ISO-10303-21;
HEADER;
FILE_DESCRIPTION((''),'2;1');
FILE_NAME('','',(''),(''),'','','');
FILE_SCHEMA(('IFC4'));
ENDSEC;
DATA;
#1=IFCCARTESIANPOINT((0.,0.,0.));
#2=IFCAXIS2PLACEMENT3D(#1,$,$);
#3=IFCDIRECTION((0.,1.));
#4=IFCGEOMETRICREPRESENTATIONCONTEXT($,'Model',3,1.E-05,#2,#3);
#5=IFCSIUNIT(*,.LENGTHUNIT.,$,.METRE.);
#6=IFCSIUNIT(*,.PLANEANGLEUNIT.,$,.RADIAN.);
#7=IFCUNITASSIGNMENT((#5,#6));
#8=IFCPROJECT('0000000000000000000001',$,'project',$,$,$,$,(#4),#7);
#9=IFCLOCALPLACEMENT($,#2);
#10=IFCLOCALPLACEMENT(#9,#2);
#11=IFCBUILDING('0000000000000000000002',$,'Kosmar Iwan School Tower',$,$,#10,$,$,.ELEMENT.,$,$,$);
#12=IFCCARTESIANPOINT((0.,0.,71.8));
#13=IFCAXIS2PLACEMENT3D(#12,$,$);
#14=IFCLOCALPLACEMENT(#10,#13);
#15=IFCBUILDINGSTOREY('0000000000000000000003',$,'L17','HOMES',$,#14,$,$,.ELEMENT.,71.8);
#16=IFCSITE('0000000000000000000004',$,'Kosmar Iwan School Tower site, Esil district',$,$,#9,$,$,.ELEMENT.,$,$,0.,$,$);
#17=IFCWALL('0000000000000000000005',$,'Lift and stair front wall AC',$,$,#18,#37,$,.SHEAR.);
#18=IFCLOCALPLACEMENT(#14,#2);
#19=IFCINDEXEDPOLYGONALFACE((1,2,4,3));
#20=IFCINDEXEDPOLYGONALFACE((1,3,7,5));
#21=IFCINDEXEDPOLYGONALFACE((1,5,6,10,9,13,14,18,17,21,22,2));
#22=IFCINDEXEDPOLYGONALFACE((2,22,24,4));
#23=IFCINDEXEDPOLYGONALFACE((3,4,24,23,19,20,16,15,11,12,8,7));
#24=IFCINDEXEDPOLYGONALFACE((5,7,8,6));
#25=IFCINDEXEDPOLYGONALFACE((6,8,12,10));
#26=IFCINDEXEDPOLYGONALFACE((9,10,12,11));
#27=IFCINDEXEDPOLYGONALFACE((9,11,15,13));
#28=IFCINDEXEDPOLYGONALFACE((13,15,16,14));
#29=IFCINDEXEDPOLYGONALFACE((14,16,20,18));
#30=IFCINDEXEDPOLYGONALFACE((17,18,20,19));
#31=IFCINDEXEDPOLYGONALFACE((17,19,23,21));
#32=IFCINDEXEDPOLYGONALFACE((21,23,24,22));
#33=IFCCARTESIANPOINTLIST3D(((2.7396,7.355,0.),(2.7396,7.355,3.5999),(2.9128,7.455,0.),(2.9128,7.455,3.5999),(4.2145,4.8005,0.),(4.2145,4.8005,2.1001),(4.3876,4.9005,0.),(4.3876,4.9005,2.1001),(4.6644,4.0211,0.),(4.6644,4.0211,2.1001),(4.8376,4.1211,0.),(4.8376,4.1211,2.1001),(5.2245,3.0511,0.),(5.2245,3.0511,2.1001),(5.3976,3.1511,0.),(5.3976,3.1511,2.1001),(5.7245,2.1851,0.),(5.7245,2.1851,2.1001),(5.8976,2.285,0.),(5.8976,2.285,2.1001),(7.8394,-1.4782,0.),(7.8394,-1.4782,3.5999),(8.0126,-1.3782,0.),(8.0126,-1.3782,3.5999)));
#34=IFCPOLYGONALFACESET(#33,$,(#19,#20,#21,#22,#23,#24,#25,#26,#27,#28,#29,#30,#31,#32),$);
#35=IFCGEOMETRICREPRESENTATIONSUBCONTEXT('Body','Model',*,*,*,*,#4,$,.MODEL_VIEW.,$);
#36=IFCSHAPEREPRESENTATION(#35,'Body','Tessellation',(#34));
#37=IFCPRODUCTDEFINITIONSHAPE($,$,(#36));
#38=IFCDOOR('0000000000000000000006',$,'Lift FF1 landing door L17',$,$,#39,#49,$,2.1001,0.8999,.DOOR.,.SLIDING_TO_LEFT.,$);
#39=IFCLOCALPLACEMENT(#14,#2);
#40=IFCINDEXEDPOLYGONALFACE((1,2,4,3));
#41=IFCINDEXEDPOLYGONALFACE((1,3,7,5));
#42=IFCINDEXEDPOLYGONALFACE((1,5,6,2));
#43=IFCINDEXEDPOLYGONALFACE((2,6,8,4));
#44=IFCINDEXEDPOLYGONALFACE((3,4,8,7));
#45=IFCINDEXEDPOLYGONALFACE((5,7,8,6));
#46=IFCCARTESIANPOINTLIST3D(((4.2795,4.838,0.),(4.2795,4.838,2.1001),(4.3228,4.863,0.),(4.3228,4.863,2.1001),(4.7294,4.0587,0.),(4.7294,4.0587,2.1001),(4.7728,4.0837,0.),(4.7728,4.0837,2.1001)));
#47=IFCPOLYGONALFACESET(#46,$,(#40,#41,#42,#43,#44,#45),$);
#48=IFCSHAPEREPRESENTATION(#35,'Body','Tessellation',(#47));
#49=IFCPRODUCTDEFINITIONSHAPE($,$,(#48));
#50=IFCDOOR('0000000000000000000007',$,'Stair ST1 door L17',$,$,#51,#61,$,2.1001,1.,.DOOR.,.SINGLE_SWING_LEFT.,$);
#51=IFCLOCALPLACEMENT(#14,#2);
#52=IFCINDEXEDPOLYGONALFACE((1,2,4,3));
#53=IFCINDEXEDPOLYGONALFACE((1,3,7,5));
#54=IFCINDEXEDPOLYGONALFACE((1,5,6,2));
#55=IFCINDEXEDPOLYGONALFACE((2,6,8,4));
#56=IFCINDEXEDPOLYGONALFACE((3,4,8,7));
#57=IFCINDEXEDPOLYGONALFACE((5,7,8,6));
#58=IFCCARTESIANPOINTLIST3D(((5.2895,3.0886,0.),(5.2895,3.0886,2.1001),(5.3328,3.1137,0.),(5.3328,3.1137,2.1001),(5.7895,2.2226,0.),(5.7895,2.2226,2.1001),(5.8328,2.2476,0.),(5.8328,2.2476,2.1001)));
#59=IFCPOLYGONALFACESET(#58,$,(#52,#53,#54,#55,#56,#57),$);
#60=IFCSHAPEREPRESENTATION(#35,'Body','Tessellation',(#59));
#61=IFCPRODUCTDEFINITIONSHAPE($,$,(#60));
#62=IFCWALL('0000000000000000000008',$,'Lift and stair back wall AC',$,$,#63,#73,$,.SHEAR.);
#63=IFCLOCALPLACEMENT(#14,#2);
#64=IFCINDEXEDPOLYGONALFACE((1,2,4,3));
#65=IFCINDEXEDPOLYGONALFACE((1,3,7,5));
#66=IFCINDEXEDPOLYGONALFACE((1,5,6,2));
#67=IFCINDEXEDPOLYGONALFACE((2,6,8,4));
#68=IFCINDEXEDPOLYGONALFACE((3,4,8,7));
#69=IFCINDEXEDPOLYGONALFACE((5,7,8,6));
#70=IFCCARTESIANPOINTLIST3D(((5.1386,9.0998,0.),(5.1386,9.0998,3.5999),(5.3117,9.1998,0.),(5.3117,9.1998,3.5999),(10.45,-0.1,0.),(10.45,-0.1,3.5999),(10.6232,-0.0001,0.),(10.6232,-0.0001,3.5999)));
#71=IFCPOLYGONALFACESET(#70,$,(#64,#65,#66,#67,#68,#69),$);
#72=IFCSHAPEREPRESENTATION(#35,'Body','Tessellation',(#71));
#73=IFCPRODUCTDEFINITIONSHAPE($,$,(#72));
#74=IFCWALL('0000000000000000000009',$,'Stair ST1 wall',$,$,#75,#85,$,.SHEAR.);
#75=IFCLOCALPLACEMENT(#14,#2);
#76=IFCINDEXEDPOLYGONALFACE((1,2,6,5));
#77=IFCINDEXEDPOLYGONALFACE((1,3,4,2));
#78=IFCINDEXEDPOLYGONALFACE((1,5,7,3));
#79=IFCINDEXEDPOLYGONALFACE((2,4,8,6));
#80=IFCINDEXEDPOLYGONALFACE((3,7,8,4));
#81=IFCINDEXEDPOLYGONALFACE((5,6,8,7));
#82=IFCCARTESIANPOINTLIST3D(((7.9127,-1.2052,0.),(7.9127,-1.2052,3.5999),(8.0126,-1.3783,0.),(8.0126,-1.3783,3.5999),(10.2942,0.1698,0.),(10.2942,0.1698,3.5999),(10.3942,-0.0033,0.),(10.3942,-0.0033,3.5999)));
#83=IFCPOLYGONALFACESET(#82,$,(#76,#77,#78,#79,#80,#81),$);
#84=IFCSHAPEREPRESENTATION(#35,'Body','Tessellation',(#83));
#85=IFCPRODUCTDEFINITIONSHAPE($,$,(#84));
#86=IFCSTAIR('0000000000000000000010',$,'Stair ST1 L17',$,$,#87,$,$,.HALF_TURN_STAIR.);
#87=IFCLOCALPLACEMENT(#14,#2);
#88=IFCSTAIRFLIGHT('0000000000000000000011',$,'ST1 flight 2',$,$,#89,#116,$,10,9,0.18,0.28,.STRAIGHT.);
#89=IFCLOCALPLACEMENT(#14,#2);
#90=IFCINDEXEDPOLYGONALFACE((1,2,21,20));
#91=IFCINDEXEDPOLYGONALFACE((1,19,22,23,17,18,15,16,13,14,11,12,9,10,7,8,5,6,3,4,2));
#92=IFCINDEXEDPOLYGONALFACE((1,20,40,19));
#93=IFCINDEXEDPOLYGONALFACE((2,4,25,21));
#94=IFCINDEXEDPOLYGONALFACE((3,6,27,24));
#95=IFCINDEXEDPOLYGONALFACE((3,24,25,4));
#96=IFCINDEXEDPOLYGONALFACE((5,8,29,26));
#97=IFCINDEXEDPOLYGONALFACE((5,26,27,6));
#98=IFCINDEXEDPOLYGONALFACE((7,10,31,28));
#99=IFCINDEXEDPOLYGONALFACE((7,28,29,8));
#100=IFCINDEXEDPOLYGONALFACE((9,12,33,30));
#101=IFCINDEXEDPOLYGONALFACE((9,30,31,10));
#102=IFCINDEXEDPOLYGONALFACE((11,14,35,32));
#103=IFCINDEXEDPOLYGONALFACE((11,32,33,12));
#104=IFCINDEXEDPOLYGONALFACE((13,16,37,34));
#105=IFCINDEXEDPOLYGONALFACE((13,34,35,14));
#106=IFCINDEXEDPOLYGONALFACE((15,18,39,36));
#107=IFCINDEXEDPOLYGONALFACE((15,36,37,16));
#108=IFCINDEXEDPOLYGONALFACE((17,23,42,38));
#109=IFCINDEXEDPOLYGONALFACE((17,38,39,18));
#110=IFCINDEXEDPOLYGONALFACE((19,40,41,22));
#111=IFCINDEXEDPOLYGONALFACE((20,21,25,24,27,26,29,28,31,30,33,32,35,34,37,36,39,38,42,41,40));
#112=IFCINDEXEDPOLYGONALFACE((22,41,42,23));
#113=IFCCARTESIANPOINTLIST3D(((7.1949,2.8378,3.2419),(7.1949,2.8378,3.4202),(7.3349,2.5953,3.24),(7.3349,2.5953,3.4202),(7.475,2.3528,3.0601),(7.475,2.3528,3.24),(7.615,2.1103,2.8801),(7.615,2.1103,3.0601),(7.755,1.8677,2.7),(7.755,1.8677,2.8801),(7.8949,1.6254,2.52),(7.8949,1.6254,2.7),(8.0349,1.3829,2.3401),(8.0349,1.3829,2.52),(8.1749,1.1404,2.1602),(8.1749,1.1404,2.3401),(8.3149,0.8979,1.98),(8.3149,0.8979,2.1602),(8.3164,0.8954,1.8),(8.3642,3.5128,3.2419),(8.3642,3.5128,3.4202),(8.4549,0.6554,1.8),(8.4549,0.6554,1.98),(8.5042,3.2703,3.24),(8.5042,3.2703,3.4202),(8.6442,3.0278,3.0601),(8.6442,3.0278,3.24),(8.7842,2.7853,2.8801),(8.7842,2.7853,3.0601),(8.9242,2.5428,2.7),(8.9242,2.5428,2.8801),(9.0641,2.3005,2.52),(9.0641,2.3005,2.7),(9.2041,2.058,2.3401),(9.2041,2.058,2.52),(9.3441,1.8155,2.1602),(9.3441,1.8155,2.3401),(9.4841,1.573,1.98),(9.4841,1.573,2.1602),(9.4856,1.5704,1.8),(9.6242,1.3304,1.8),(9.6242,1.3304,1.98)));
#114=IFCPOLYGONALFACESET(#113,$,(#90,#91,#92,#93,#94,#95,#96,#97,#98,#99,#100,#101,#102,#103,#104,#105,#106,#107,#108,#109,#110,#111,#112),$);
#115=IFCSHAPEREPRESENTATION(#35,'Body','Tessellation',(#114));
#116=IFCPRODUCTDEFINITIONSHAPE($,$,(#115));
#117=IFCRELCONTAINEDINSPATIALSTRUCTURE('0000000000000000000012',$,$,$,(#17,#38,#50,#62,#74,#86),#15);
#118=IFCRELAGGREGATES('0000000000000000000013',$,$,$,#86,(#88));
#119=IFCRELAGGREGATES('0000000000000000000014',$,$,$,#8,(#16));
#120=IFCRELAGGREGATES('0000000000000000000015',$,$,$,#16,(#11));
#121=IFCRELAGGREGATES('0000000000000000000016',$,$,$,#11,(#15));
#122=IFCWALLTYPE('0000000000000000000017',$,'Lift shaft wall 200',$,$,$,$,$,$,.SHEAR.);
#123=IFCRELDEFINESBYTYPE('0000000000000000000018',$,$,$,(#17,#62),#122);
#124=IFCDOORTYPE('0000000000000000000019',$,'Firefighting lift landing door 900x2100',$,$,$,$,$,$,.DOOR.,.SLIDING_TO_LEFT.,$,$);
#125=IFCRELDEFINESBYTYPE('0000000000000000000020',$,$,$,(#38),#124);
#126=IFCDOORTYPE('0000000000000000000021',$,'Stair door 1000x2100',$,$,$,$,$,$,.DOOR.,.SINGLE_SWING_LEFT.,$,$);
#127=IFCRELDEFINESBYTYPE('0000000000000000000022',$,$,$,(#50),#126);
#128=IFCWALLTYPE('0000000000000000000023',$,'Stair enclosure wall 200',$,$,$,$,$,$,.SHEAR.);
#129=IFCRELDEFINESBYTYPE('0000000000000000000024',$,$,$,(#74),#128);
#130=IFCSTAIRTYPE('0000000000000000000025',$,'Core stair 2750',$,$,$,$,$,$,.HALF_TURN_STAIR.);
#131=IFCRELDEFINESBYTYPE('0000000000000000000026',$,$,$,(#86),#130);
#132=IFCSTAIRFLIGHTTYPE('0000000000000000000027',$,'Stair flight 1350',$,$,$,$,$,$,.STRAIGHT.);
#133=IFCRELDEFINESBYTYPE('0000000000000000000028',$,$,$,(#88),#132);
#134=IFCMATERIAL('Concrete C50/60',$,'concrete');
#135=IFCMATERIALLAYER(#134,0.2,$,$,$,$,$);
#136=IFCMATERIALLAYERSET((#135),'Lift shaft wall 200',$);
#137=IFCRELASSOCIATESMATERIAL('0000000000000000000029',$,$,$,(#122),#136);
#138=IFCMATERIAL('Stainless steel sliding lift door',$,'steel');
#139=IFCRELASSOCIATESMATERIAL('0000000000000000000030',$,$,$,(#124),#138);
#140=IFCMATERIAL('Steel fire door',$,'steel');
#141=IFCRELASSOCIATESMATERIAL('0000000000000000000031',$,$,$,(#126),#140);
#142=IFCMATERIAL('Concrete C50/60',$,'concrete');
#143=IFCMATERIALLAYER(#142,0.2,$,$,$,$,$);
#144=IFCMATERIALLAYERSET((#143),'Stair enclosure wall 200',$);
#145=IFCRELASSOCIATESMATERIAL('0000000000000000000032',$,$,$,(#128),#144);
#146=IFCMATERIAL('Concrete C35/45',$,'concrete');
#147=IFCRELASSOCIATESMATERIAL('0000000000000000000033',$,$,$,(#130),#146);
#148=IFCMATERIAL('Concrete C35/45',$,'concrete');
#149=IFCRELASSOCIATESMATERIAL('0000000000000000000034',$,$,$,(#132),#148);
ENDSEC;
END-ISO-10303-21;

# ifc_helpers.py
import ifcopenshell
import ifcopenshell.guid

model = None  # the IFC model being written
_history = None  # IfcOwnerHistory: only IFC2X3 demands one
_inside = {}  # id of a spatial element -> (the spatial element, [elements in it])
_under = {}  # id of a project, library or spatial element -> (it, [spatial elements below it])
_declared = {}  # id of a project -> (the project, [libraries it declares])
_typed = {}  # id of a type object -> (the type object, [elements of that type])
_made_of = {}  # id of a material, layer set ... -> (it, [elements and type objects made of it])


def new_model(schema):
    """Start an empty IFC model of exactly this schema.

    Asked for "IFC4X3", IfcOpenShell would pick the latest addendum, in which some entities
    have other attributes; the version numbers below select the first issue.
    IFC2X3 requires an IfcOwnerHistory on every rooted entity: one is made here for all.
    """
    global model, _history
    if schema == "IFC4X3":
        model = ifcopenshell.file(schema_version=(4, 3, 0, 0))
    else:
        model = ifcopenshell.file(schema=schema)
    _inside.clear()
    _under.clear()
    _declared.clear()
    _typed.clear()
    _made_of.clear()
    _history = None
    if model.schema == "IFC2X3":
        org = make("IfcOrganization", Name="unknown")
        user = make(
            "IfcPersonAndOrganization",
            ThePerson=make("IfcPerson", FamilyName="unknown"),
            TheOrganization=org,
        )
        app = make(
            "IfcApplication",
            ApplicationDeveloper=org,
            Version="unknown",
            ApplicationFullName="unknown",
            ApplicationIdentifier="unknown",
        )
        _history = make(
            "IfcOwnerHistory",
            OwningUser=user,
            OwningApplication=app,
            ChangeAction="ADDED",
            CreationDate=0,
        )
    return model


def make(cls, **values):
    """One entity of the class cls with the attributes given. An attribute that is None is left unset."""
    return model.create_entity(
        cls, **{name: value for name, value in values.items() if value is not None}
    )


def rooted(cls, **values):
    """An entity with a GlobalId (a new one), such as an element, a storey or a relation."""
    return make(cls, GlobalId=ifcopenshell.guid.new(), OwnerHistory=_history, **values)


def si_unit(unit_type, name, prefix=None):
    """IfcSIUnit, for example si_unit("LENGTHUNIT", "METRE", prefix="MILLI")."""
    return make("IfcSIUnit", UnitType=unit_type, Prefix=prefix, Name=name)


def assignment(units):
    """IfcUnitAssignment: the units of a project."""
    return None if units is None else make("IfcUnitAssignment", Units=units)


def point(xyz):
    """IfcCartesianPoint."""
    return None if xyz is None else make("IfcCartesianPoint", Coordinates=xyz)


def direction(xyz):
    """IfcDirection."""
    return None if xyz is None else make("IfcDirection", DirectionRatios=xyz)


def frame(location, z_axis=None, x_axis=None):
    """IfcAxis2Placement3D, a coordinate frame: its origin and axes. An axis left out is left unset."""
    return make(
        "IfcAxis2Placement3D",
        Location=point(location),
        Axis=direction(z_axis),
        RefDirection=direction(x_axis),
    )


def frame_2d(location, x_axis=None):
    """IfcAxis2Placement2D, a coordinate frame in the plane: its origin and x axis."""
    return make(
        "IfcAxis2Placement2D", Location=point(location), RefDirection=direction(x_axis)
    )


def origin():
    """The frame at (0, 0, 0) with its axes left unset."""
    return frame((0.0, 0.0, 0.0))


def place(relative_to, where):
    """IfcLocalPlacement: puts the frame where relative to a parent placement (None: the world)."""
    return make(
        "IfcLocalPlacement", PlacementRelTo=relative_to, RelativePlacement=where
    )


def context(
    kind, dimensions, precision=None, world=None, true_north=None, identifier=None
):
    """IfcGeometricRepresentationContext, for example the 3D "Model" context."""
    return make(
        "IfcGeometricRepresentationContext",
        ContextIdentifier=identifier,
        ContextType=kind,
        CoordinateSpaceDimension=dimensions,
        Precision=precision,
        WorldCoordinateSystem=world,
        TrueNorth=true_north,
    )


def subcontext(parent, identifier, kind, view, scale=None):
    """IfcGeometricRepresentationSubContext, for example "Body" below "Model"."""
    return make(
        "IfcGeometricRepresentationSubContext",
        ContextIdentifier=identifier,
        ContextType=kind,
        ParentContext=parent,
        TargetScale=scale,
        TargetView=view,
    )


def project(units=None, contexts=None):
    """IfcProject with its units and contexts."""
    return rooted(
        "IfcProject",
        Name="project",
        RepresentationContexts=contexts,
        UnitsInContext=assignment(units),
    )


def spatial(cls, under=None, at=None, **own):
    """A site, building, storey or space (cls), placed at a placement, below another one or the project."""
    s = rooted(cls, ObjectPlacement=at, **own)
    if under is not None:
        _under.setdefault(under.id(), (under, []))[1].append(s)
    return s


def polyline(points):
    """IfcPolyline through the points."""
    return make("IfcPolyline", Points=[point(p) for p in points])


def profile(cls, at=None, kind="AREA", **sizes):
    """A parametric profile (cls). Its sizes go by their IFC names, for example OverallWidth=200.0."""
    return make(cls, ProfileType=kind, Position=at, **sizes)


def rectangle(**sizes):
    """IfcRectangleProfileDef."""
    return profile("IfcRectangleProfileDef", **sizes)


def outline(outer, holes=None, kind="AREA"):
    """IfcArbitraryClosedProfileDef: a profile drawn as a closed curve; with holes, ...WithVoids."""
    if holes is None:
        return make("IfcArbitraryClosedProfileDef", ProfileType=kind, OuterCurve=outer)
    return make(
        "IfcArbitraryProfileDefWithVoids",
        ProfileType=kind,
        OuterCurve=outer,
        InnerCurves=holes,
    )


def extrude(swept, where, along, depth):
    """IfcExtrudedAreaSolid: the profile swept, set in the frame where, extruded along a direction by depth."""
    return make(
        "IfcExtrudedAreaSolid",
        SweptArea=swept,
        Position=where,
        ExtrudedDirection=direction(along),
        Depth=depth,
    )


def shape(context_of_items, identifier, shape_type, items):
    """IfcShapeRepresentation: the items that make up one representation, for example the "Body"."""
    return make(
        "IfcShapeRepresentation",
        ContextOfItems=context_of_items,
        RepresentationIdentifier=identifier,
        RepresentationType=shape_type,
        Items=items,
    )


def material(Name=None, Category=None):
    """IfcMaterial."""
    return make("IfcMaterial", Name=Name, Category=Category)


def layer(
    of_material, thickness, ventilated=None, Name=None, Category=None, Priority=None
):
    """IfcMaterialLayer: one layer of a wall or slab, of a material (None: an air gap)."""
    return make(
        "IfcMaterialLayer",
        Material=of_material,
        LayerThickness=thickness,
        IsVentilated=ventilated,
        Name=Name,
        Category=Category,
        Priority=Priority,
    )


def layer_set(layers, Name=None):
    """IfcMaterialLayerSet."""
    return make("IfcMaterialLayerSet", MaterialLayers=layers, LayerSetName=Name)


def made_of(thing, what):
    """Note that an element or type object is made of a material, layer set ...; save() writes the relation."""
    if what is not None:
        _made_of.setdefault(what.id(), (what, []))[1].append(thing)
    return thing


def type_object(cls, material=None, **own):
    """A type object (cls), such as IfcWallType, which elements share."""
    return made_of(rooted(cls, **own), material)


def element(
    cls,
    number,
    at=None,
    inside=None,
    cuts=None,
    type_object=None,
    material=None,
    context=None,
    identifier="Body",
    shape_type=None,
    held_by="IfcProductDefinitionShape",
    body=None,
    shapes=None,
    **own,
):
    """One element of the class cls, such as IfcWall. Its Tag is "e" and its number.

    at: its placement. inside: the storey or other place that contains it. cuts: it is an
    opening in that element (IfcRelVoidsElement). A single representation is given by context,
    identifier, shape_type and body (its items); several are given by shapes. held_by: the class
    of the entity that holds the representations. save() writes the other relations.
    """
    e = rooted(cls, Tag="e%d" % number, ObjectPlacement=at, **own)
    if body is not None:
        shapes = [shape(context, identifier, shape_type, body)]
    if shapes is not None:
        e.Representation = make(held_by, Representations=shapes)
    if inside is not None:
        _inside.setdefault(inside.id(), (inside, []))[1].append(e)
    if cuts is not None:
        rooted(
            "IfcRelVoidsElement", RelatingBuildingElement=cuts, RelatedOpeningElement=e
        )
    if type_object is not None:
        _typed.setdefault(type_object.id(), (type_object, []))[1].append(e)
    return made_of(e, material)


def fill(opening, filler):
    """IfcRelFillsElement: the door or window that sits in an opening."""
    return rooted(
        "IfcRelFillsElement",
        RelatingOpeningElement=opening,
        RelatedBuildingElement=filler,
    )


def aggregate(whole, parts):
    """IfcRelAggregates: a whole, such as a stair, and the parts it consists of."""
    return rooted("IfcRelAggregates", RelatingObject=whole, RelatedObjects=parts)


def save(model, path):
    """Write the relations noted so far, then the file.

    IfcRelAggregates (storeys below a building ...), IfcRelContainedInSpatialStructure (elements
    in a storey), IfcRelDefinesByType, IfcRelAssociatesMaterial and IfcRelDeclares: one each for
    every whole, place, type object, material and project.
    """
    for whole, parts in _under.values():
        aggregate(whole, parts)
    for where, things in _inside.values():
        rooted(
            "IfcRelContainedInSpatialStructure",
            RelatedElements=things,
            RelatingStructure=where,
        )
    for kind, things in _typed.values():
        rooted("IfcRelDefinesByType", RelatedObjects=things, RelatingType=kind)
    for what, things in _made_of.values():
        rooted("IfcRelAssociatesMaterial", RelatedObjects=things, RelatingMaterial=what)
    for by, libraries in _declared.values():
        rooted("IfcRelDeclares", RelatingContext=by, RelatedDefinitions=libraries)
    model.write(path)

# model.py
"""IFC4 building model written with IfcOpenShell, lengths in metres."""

from ifc_helpers import new_model, si_unit, direction, frame, frame_2d, origin, place, context, subcontext, project, spatial, polyline, rectangle, outline, extrude, material, layer, layer_set, type_object, element, fill, aggregate, save


model = new_model("IFC4")

# Units and contexts
model_context = context("Model", 3, precision=1e-05, world=origin(), true_north=direction((0.0, 1.0)))
body_context = subcontext(model_context, "Body", "Model", "MODEL_VIEW")
ifc_project = project(units=[si_unit("LENGTHUNIT", "METRE"), si_unit("PLANEANGLEUNIT", "RADIAN")], contexts=[model_context])

# Site, building, storey
site_placement = place(None, origin())
site = spatial("IfcSite", under=ifc_project, at=site_placement, Name="Kosmar Iwan School Tower site, Esil district", CompositionType="ELEMENT", RefElevation=0.0)
building_placement = place(site_placement, origin())
building = spatial("IfcBuilding", under=site, at=building_placement, Name="Kosmar Iwan School Tower", CompositionType="ELEMENT")
storey_placement = place(building_placement, frame((0.0, 0.0, 71.8)))
storey = spatial("IfcBuildingStorey", under=building, at=storey_placement, Name="L17", Description="HOMES", CompositionType="ELEMENT", Elevation=71.8)

# Wall, openings, doors
ifc_material_1 = material(Name="Concrete C50/60", Category="concrete")
ifc_layer_1 = layer(ifc_material_1, 0.2)
ifc_layer_set_1 = layer_set([ifc_layer_1], Name="Lift shaft wall 200")
wall_type_1 = type_object("IfcWallType", Name="Lift shaft wall 200", PredefinedType="SHEAR", material=ifc_layer_set_1)
wall_1_placement = place(storey_placement, frame((7.926, -1.4282, 0.0), z_axis=(0.0, 0.0, 1.0), x_axis=(-0.499998, 0.866027, 0.0)))
wall_1 = element("IfcWall", 1, at=wall_1_placement, inside=storey, type_object=wall_type_1, Name="Lift and stair front wall AC", PredefinedType="SHEAR", context=body_context, shape_type="SweptSolid", body=[
    extrude(rectangle(XDim=10.1997, YDim=0.2, at=frame_2d((5.0999, 0.0))), origin(), (0.0, 0.0, 1.0), 3.5999),
])
opening_1_placement = place(wall_1_placement, frame((6.3501, 0.0, 0.0)))
opening_1 = element("IfcOpeningElement", 2, at=opening_1_placement, cuts=wall_1, PredefinedType="OPENING", context=body_context, shape_type="SweptSolid", body=[
    extrude(rectangle(XDim=0.8999, YDim=2.1001, at=frame_2d((0.45, 1.05))), frame((0.0, 0.1121, 0.0), z_axis=(0.0, -1.0, 0.0), x_axis=(1.0, 0.0, 0.0)), (0.0, 0.0, 1.0), 0.2239),
])
opening_2_placement = place(wall_1_placement, frame((4.23, 0.0, 0.0)))
opening_2 = element("IfcOpeningElement", 3, at=opening_2_placement, cuts=wall_1, PredefinedType="OPENING", context=body_context, shape_type="SweptSolid", body=[
    extrude(rectangle(XDim=1.0, YDim=2.1001, at=frame_2d((0.5, 1.05))), frame((0.0, 0.1121, 0.0), z_axis=(0.0, -1.0, 0.0), x_axis=(1.0, 0.0, 0.0)), (0.0, 0.0, 1.0), 0.2239),
])
ifc_material_2 = material(Name="Stainless steel sliding lift door", Category="steel")
door_type_1 = type_object("IfcDoorType", Name="Firefighting lift landing door 900x2100", OperationType="SLIDING_TO_LEFT", PredefinedType="DOOR", material=ifc_material_2)
door_1_placement = place(opening_1_placement, origin())
door_1 = element("IfcDoor", 4, at=door_1_placement, inside=storey, type_object=door_type_1, Name="Lift FF1 landing door L17", OperationType="SLIDING_TO_LEFT", OverallHeight=2.1001, OverallWidth=0.8999, PredefinedType="DOOR", context=body_context, shape_type="SweptSolid", body=[
    extrude(rectangle(XDim=0.8999, YDim=2.1001, at=frame_2d((0.45, 1.05))), frame((0.0, 0.0249, 0.0), z_axis=(0.0, -1.0, 0.0), x_axis=(1.0, 0.0, 0.0)), (0.0, 0.0, 1.0), 0.05),
])
fill(opening_1, door_1)
ifc_material_3 = material(Name="Steel fire door", Category="steel")
door_type_2 = type_object("IfcDoorType", Name="Stair door 1000x2100", OperationType="SINGLE_SWING_LEFT", PredefinedType="DOOR", material=ifc_material_3)
door_2_placement = place(opening_2_placement, origin())
door_2 = element("IfcDoor", 5, at=door_2_placement, inside=storey, type_object=door_type_2, Name="Stair ST1 door L17", OperationType="SINGLE_SWING_LEFT", OverallHeight=2.1001, OverallWidth=1.0, PredefinedType="DOOR", context=body_context, shape_type="SweptSolid", body=[
    extrude(rectangle(XDim=1.0, YDim=2.1001, at=frame_2d((0.5, 1.05))), frame((0.0, 0.0249, 0.0), z_axis=(0.0, -1.0, 0.0), x_axis=(1.0, 0.0, 0.0)), (0.0, 0.0, 1.0), 0.05),
])
fill(opening_2, door_2)

# Walls
wall_2_placement = place(storey_placement, frame((10.5366, -0.05, 0.0), z_axis=(0.0, 0.0, 1.0), x_axis=(-0.499995, 0.866028, 0.0)))
element("IfcWall", 6, at=wall_2_placement, inside=storey, type_object=wall_type_1, Name="Lift and stair back wall AC", PredefinedType="SHEAR", context=body_context, shape_type="SweptSolid", body=[
    extrude(rectangle(XDim=10.623, YDim=0.2, at=frame_2d((5.3115, 0.0))), origin(), (0.0, 0.0, 1.0), 3.5999),
])
ifc_material_4 = material(Name="Concrete C50/60", Category="concrete")
ifc_layer_2 = layer(ifc_material_4, 0.2)
ifc_layer_set_2 = layer_set([ifc_layer_2], Name="Stair enclosure wall 200")
wall_type_2 = type_object("IfcWallType", Name="Stair enclosure wall 200", PredefinedType="SHEAR", material=ifc_layer_set_2)
wall_3_placement = place(storey_placement, frame((7.9626, -1.2917, 0.0), z_axis=(0.0, 0.0, 1.0), x_axis=(0.866027, 0.499997, 0.0)))
element("IfcWall", 7, at=wall_3_placement, inside=storey, type_object=wall_type_2, Name="Stair ST1 wall", PredefinedType="SHEAR", context=body_context, shape_type="SweptSolid", body=[
    extrude(rectangle(XDim=2.75, YDim=0.2, at=frame_2d((1.375, 0.0))), origin(), (0.0, 0.0, 1.0), 3.5999),
])

# Stair, stair flight
ifc_material_5 = material(Name="Concrete C35/45", Category="concrete")
stair_type = type_object("IfcStairType", Name="Core stair 2750", PredefinedType="HALF_TURN_STAIR", material=ifc_material_5)
stair_placement = place(storey_placement, origin())
stair = element("IfcStair", 8, at=stair_placement, inside=storey, type_object=stair_type, Name="Stair ST1 L17", PredefinedType="HALF_TURN_STAIR")
ifc_material_6 = material(Name="Concrete C35/45", Category="concrete")
stair_flight_type = type_object("IfcStairFlightType", Name="Stair flight 1350", PredefinedType="STRAIGHT", material=ifc_material_6)
stair_flight_placement = place(storey_placement, frame((9.0396, 0.9929, 1.8), z_axis=(0.0, 0.0, 1.0), x_axis=(-0.5, 0.866025, 0.0)))
stair_flight = element("IfcStairFlight", 9, at=stair_flight_placement, type_object=stair_flight_type, Name="ST1 flight 2", NumberOfRisers=10, NumberOfTreads=9, PredefinedType="STRAIGHT", RiserHeight=0.18, TreadLength=0.28, context=body_context, shape_type="SweptSolid", body=[
    extrude(outline(polyline([(0.0, 0.0), (0.0, 0.1799), (0.28, 0.1799), (0.28, 0.3601), (0.5601, 0.3601), (0.5601, 0.54), (0.8401, 0.54), (0.8401, 0.72), (1.1201, 0.72), (1.1201, 0.8999), (1.3999, 0.8999), (1.3999, 1.0801), (1.6799, 1.0801), (1.6799, 1.26), (1.96, 1.26), (1.96, 1.4399), (2.24, 1.4399), (2.24, 1.6201), (2.52, 1.6201), (2.52, 1.8), (2.52, 1.4419), (0.2771, 0.0), (0.0, 0.0)])), frame((0.0, 0.675, 0.0), z_axis=(0.0, -1.0, 0.0), x_axis=(1.0, 0.0, 0.0)), (0.0, 0.0, 1.0), 1.3501),
])
aggregate(stair, [stair_flight])

save(model, "model.ifc")
